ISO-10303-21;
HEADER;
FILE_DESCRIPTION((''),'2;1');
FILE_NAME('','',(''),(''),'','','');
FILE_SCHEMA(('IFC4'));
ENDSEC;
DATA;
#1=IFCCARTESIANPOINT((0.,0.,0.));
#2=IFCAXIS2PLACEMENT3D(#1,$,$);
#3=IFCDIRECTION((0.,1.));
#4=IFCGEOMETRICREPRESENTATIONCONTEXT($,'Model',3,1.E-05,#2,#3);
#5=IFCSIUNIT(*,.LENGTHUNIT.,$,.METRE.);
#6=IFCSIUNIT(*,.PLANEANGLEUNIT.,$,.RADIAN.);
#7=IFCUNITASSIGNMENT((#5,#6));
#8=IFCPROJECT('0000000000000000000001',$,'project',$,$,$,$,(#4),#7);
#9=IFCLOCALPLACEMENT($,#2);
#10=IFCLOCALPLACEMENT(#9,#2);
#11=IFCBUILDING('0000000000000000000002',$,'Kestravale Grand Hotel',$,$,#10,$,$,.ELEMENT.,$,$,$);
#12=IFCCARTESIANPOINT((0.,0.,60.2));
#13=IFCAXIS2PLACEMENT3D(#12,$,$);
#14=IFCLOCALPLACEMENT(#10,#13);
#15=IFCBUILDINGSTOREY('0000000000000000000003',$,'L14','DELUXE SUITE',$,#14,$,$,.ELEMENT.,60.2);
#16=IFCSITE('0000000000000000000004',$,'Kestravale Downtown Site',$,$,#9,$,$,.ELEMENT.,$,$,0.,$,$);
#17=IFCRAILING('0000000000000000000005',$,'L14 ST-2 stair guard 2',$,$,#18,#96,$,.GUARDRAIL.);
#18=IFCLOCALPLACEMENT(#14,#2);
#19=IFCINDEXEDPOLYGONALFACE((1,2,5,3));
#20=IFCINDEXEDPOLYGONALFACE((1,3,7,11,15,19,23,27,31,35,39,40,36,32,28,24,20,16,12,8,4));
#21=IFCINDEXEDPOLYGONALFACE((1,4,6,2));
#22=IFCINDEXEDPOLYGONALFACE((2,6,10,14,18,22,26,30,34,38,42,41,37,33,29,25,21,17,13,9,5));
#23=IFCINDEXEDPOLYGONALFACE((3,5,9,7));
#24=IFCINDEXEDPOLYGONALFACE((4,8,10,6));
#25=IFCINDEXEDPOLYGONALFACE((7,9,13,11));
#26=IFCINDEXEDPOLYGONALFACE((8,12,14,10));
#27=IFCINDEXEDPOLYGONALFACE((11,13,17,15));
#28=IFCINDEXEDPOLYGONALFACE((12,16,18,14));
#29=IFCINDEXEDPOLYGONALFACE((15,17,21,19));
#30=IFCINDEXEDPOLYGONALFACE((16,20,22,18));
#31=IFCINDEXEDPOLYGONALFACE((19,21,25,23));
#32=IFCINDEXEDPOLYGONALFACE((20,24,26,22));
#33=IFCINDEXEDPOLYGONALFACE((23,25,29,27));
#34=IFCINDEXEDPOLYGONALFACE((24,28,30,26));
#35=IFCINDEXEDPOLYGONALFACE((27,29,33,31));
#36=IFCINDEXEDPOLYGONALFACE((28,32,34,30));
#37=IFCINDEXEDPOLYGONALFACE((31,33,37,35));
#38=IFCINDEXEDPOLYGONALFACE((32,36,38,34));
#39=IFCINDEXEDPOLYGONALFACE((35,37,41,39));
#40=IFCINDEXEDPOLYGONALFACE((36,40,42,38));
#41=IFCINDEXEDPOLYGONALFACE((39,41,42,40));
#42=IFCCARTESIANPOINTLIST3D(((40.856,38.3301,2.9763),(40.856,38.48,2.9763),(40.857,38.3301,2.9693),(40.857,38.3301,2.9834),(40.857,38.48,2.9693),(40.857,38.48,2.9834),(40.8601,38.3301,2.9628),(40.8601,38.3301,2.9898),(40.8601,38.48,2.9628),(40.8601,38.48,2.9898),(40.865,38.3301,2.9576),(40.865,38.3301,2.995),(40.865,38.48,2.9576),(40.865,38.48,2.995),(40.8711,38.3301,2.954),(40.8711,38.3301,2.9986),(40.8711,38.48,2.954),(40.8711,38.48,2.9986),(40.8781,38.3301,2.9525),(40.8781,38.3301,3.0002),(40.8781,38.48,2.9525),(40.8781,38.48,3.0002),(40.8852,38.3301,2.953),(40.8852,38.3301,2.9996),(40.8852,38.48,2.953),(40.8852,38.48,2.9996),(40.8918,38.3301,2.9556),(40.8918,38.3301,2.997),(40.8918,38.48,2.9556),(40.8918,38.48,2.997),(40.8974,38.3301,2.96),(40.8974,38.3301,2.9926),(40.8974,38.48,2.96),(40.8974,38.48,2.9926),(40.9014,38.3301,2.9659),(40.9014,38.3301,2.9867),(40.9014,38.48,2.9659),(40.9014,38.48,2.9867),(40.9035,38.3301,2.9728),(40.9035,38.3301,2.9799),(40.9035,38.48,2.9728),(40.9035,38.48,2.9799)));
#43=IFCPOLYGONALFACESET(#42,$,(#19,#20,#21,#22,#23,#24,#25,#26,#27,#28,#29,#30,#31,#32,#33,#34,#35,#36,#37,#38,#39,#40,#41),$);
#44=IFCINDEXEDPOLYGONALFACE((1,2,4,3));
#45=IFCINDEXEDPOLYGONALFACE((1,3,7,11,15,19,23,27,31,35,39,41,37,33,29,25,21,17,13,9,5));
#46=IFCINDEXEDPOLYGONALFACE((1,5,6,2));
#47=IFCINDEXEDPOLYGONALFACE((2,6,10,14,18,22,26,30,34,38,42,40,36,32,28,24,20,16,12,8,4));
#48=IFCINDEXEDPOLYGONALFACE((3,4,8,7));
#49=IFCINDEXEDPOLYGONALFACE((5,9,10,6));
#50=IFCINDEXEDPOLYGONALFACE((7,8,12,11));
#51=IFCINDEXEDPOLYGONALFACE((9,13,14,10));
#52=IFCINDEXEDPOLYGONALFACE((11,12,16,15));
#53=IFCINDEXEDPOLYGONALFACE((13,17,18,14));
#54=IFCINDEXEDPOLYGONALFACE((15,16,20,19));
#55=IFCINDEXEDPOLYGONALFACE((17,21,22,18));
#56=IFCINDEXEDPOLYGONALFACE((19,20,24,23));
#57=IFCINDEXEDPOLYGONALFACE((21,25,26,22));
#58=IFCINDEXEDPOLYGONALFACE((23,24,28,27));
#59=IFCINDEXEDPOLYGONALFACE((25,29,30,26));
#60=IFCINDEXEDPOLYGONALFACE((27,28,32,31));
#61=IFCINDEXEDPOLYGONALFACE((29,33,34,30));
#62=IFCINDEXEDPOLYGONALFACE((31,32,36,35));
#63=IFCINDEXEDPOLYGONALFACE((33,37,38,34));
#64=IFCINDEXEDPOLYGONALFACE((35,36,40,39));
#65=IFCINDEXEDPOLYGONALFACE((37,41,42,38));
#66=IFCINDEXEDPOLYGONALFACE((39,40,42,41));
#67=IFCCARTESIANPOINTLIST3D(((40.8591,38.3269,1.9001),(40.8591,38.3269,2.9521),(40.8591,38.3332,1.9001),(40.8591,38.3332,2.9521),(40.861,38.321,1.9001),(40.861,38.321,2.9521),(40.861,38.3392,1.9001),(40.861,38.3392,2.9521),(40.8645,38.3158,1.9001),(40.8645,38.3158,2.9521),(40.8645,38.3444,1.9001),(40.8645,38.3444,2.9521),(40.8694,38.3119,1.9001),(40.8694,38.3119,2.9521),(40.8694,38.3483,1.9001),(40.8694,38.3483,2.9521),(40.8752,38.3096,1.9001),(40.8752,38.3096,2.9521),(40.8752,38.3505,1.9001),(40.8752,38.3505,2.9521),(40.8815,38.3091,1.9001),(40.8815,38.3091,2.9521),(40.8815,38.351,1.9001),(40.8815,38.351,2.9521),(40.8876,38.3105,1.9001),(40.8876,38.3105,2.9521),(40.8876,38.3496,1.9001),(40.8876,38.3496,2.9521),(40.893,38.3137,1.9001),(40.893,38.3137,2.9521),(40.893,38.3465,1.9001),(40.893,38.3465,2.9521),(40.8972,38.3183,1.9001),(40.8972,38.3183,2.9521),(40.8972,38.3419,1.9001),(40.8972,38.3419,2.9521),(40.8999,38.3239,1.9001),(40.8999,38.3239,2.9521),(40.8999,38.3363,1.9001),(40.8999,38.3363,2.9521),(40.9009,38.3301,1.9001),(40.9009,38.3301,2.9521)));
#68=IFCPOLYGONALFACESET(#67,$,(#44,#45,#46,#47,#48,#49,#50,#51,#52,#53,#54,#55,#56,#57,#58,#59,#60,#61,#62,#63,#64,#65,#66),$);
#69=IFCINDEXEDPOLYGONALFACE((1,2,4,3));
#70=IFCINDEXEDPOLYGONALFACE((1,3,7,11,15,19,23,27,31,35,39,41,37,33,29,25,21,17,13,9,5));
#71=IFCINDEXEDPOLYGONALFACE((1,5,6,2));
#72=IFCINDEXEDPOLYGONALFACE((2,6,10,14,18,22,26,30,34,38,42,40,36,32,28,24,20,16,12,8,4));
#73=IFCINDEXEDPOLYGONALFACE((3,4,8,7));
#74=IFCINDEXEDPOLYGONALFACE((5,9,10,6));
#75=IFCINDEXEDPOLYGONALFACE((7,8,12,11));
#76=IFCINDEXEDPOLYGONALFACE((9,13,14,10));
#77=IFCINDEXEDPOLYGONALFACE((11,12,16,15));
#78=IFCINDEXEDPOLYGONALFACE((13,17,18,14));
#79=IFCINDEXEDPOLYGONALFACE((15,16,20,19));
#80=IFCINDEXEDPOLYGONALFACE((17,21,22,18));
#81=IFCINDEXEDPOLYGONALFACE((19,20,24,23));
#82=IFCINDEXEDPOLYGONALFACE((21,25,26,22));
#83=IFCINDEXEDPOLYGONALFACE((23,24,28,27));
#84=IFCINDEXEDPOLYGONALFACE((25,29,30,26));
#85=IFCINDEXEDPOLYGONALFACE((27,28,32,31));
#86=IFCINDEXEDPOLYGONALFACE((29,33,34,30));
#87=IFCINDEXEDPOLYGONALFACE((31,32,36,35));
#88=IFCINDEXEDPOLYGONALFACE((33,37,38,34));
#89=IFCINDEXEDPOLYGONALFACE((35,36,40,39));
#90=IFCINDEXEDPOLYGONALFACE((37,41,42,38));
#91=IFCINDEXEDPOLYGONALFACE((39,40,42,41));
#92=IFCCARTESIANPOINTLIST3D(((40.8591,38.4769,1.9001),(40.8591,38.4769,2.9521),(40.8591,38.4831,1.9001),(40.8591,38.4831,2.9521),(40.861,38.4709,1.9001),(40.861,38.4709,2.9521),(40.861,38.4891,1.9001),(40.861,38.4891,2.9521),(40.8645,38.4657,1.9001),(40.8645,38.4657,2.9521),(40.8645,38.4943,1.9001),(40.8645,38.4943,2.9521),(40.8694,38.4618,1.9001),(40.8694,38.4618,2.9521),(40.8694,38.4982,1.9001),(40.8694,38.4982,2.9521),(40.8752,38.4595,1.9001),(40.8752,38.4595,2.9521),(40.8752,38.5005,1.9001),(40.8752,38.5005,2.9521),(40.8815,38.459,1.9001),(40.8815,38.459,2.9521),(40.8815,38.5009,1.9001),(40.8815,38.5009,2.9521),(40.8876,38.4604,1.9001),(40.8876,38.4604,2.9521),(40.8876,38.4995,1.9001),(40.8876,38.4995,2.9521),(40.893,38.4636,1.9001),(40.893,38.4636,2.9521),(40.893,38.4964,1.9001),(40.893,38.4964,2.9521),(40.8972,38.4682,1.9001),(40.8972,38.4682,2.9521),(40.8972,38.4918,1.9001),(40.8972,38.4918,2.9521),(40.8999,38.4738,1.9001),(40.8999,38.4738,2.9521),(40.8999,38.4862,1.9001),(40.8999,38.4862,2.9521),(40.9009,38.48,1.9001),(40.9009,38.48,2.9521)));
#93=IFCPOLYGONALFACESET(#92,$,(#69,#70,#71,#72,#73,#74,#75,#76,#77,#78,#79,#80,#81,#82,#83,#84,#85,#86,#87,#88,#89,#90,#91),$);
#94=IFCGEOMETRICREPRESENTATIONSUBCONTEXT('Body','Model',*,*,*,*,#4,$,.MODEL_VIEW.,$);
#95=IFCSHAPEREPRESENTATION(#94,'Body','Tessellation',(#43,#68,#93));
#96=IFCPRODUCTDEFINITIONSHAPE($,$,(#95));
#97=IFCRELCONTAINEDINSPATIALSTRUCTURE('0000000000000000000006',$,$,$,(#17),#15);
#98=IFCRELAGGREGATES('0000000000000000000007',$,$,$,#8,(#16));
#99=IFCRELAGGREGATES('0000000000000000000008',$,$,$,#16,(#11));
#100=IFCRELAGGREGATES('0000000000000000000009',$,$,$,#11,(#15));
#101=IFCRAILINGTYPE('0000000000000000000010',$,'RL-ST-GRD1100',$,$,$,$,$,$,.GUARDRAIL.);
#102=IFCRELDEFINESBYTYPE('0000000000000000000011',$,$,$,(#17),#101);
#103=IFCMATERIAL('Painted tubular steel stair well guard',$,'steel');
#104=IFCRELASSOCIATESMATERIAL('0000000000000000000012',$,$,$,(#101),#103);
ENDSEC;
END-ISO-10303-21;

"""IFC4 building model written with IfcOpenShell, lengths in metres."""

from ifc_helpers import new_model, si_unit, direction, frame, origin, origin_2d, place, context, subcontext, project, spatial, circle, extrude, material, type_object, element, save


model = new_model("IFC4")

# Units and contexts
model_context = context("Model", 3, precision=1e-05, world=origin(), true_north=direction((0.0, 1.0)))
body_context = subcontext(model_context, "Body", "Model", "MODEL_VIEW")
ifc_project = project(units=[si_unit("LENGTHUNIT", "METRE"), si_unit("PLANEANGLEUNIT", "RADIAN")], contexts=[model_context])

# Site, building, storey
site_placement = place(None, origin())
site = spatial("IfcSite", under=ifc_project, at=site_placement, Name="Kestravale Downtown Site", CompositionType="ELEMENT", RefElevation=0.0)
building_placement = place(site_placement, origin())
building = spatial("IfcBuilding", under=site, at=building_placement, Name="Kestravale Grand Hotel", CompositionType="ELEMENT")
storey_placement = place(building_placement, frame((0.0, 0.0, 60.2)))
storey = spatial("IfcBuildingStorey", under=building, at=storey_placement, Name="L14", Description="DELUXE SUITE", CompositionType="ELEMENT", Elevation=60.2)

# Railing
ifc_material_1 = material(Name="Painted tubular steel stair well guard", Category="steel")
railing_type_1 = type_object("IfcRailingType", Name="RL-ST-GRD1100", PredefinedType="GUARDRAIL", material=ifc_material_1)
railing_1_placement = place(storey_placement, frame((40.8799, 38.3301, 1.9001)))
element("IfcRailing", 1, at=railing_1_placement, inside=storey, type_object=railing_type_1, Name="L14 ST-2 stair guard 2", PredefinedType="GUARDRAIL", context=body_context, shape_type="SweptSolid", body=[
    extrude(circle(Radius=0.0239, at=origin_2d()), frame((0.0, 0.0, 1.0762), z_axis=(0.0, 1.0, 0.0), x_axis=(-1.0, 0.0, 0.0)), (0.0, 0.0, 1.0), 0.1499),
    extrude(circle(Radius=0.021, at=origin_2d()), origin(), (0.0, 0.0, 1.0), 1.052),
    extrude(circle(Radius=0.021, at=origin_2d()), frame((0.0, 0.1499, 0.0)), (0.0, 0.0, 1.0), 1.052),
])

save(model, "model.ifc")
